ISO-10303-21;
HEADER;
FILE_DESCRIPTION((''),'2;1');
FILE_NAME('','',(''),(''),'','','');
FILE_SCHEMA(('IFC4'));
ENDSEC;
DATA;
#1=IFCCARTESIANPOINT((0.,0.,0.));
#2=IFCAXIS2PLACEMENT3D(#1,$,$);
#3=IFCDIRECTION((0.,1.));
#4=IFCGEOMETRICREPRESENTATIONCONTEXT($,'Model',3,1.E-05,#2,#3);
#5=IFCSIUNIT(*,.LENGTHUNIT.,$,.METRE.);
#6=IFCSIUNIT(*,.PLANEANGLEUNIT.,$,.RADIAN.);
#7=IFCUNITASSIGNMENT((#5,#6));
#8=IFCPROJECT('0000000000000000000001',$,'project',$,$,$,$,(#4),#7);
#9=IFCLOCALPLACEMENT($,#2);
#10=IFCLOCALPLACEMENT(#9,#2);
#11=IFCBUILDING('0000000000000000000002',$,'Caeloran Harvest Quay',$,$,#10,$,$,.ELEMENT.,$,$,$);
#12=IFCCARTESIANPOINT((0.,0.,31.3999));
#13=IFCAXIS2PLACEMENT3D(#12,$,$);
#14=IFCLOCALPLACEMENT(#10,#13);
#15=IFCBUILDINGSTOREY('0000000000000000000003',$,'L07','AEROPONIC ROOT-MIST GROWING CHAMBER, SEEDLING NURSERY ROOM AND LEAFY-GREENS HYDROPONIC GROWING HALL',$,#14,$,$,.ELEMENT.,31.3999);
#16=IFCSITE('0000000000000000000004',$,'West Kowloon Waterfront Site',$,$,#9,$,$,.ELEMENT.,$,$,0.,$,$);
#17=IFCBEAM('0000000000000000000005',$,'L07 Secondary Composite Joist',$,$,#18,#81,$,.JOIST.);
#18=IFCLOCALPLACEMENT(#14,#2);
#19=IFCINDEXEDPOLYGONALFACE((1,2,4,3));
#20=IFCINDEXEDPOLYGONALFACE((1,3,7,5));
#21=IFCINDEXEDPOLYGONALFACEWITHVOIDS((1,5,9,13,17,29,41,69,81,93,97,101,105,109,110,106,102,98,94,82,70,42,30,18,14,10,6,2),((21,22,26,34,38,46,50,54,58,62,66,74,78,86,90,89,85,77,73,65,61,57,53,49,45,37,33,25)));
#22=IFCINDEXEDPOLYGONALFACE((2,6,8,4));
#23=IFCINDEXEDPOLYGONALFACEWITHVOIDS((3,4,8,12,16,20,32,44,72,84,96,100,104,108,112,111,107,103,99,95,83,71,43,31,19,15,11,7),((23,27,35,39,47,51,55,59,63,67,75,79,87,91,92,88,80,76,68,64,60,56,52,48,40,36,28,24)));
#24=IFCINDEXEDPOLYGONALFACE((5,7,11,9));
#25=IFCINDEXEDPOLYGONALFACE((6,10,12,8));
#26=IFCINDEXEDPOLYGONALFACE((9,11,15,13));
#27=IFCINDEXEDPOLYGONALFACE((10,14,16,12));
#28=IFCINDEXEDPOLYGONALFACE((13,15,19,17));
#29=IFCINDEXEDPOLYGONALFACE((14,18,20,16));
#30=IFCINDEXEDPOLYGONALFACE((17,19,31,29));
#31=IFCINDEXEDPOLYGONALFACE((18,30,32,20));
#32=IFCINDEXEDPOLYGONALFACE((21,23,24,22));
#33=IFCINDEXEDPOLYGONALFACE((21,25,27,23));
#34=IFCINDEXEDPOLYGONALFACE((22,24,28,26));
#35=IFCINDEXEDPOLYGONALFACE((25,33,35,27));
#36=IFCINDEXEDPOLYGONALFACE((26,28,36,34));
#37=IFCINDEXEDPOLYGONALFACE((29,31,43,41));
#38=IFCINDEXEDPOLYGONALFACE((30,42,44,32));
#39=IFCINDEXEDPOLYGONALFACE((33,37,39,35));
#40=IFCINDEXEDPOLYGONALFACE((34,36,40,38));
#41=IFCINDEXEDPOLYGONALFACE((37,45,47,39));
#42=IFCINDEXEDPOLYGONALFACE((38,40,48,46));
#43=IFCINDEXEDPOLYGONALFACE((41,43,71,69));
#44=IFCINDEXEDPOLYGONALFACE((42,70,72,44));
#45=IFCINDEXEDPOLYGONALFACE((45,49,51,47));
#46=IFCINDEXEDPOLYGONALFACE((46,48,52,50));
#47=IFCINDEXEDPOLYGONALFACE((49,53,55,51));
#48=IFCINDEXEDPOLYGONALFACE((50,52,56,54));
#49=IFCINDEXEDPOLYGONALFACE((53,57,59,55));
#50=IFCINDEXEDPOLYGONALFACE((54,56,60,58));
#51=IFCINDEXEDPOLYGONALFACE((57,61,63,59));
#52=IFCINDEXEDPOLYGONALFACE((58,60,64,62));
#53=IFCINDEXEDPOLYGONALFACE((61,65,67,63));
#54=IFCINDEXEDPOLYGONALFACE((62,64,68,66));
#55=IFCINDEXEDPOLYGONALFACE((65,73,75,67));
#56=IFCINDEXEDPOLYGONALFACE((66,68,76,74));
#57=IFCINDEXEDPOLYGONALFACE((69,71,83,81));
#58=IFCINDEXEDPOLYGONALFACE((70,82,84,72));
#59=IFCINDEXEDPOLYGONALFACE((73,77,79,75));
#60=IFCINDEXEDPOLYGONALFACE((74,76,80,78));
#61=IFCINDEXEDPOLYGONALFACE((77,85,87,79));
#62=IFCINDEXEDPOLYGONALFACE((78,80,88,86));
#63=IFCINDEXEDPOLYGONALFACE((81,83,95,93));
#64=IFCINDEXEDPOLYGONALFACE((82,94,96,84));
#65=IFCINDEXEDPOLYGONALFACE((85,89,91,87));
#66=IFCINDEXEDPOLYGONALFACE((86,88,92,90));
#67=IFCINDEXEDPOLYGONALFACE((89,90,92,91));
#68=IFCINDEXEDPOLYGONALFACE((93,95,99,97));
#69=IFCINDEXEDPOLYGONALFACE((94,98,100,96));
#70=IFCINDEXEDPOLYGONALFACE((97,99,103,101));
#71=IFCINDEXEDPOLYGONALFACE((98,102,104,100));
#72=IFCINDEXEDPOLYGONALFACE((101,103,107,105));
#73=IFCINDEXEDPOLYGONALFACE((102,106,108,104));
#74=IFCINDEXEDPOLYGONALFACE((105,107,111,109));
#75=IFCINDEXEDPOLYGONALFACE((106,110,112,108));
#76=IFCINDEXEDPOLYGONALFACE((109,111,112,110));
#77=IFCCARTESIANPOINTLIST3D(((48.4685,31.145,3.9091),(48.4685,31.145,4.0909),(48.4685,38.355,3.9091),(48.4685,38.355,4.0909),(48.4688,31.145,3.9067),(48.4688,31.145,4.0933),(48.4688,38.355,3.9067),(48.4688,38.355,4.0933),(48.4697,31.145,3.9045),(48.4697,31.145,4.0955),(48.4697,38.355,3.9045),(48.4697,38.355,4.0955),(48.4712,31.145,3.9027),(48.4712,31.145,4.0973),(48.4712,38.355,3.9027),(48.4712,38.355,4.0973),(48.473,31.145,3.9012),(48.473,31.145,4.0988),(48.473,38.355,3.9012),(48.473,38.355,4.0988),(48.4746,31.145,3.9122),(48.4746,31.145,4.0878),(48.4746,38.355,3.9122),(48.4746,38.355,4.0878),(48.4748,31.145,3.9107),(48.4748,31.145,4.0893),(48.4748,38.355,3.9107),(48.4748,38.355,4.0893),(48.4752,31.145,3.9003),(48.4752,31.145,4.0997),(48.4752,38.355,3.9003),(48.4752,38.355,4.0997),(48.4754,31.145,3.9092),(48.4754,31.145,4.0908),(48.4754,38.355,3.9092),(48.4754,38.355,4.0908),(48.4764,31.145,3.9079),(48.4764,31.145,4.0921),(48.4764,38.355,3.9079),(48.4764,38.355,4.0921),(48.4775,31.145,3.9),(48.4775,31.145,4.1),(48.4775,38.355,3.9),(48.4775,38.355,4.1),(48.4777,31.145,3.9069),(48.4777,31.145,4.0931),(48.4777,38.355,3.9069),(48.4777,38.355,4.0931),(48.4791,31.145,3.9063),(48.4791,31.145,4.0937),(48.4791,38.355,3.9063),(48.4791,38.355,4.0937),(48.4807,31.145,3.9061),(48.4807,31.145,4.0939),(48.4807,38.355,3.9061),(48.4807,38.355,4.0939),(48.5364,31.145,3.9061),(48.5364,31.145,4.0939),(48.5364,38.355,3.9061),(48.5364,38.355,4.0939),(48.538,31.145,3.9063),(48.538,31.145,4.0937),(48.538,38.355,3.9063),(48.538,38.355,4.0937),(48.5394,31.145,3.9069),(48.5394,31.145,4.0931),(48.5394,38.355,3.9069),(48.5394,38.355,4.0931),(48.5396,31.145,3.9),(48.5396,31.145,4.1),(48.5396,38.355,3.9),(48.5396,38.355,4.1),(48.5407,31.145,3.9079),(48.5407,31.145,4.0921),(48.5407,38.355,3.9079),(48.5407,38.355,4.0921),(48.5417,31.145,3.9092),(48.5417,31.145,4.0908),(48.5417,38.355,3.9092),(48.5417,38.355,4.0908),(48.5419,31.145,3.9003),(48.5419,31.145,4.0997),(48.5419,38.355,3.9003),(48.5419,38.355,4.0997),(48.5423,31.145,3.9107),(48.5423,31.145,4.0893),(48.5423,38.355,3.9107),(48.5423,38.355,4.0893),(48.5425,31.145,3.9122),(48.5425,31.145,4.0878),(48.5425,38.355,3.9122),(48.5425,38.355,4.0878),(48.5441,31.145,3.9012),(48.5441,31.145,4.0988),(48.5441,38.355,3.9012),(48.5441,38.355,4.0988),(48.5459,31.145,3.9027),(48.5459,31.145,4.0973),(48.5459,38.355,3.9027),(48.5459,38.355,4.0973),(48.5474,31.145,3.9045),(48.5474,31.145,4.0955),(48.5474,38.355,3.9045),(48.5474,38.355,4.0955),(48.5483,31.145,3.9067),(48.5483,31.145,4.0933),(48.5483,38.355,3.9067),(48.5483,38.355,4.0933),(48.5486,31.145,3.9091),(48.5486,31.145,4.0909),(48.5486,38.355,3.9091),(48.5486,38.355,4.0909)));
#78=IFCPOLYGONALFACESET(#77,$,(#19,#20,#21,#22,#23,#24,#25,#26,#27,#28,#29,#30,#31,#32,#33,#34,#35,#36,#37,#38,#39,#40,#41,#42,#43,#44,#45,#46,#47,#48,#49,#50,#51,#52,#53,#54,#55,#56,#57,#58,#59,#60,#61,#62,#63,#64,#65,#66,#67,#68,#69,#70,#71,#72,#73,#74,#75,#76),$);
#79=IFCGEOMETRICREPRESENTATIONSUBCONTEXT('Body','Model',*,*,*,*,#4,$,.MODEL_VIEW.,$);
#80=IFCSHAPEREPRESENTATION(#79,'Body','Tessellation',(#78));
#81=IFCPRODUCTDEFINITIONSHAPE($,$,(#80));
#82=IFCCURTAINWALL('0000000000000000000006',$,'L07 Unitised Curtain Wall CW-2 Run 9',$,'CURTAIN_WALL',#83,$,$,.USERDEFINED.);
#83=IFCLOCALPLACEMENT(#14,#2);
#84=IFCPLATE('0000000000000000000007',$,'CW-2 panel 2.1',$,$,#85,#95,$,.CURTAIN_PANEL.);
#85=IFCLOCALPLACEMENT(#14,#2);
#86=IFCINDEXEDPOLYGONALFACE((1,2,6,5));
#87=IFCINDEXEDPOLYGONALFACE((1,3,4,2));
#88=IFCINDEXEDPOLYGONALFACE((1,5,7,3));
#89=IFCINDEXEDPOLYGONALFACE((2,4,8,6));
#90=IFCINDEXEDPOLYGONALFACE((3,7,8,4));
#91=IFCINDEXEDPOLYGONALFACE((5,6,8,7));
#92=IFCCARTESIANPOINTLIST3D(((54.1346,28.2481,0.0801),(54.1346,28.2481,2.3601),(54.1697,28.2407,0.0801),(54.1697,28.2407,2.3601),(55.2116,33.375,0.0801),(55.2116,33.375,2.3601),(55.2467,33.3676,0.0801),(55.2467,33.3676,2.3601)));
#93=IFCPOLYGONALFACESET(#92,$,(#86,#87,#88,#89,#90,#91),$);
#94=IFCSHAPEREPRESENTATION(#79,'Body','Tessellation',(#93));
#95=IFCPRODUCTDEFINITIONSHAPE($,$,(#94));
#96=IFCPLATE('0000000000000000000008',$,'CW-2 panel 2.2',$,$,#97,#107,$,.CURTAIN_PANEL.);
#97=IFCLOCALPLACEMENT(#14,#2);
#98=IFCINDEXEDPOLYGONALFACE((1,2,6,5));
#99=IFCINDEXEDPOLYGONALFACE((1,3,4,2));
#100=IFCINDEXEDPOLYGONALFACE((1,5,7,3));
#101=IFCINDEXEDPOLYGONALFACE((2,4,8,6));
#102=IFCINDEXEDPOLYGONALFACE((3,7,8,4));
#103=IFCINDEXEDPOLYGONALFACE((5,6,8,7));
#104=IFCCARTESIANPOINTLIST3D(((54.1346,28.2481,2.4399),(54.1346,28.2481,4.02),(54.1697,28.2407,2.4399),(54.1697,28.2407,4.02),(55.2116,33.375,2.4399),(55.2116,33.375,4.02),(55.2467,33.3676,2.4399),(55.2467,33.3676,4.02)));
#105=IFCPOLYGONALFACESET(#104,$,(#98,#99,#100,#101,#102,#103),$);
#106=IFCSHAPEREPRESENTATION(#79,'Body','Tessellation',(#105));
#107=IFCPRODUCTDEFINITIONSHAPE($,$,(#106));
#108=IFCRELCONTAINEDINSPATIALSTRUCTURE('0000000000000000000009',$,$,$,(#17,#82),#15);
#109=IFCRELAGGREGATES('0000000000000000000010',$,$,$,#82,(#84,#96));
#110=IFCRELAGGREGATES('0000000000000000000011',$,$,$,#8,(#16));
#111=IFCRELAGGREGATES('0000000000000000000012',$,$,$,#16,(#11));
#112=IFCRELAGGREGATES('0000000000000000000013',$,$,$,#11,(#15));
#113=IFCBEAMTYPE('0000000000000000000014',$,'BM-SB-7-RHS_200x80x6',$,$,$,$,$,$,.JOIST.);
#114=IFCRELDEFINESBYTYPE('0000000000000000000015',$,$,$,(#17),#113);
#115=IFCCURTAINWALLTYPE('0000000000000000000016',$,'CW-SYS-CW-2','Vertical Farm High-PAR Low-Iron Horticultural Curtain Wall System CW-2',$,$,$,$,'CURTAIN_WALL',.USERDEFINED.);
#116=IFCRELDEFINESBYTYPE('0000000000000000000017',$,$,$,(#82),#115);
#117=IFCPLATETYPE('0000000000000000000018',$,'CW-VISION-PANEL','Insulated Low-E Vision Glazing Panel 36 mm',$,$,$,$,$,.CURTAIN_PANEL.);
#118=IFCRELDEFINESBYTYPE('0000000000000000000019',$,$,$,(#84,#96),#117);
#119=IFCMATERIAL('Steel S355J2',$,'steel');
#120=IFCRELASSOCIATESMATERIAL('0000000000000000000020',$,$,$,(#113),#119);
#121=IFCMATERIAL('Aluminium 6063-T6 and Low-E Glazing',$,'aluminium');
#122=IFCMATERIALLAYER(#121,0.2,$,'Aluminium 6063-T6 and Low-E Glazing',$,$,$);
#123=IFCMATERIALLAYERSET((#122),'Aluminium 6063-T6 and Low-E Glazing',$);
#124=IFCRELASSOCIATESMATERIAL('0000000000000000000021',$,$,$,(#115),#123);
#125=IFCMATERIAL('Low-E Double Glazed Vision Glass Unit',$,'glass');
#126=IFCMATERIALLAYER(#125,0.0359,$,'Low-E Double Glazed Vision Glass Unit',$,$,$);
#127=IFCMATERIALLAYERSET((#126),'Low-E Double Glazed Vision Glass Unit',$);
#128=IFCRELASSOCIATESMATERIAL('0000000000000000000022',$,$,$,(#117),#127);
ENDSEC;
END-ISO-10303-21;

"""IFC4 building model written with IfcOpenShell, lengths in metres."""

from ifc_helpers import new_model, si_unit, direction, frame, origin, origin_2d, place, context, subcontext, project, spatial, rectangle, hollow_rectangle, extrude, material, layer, layer_set, material_profile, profile_set, type_object, element, aggregate, save


model = new_model("IFC4")

# Units and contexts
model_context = context("Model", 3, precision=1e-05, world=origin(), true_north=direction((0.0, 1.0)))
body_context = subcontext(model_context, "Body", "Model", "MODEL_VIEW")
ifc_project = project(units=[si_unit("LENGTHUNIT", "METRE"), si_unit("PLANEANGLEUNIT", "RADIAN")], contexts=[model_context])

# Site, building, storey
site_placement = place(None, origin())
site = spatial("IfcSite", under=ifc_project, at=site_placement, Name="West Kowloon Waterfront Site", CompositionType="ELEMENT", RefElevation=0.0)
building_placement = place(site_placement, origin())
building = spatial("IfcBuilding", under=site, at=building_placement, Name="Caeloran Harvest Quay", CompositionType="ELEMENT")
storey_placement = place(building_placement, frame((0.0, 0.0, 31.3999)))
storey = spatial("IfcBuildingStorey", under=building, at=storey_placement, Name="L07", Description="AEROPONIC ROOT-MIST GROWING CHAMBER, SEEDLING NURSERY ROOM AND LEAFY-GREENS HYDROPONIC GROWING HALL", CompositionType="ELEMENT", Elevation=31.3999)

# Beam
ifc_material_1 = material(Name="Steel S355J2", Category="steel")
ifc_material_profile_1 = material_profile(ifc_material_1, hollow_rectangle(XDim=0.0801, YDim=0.2, WallThickness=0.0061, InnerFilletRadius=0.0061, OuterFilletRadius=0.009, at=origin_2d()), Name="RHS 200x80x6")
ifc_profile_set_1 = profile_set([ifc_material_profile_1], Name="Steel S355J2")
beam_type_1 = type_object("IfcBeamType", Name="BM-SB-7-RHS_200x80x6", PredefinedType="JOIST", material=ifc_profile_set_1)
for number, where, z_axis, x_axis, name in (
    (1, (48.5085, 31.145, 4.0), (0.0, 1.0, 0.0), (-1.0, 0.0, 0.0), "L07 Secondary Composite Joist"),
):
    element("IfcBeam", number, at=place(storey_placement, frame(where, z_axis=z_axis, x_axis=x_axis)), inside=storey, type_object=beam_type_1, Name=name, PredefinedType="JOIST", context=body_context, shape_type="SweptSolid", body=[
        extrude(hollow_rectangle(XDim=0.0801, YDim=0.2, WallThickness=0.0061, InnerFilletRadius=0.0061, OuterFilletRadius=0.009, at=origin_2d()), origin(), (0.0, 0.0, 1.0), 7.21),
    ])

# Curtain wall, plates
ifc_material_2 = material(Name="Aluminium 6063-T6 and Low-E Glazing", Category="aluminium")
ifc_layer_1 = layer(ifc_material_2, 0.2, Name="Aluminium 6063-T6 and Low-E Glazing")
ifc_layer_set_1 = layer_set([ifc_layer_1], Name="Aluminium 6063-T6 and Low-E Glazing")
curtain_wall_type = type_object("IfcCurtainWallType", Name="CW-SYS-CW-2", Description="Vertical Farm High-PAR Low-Iron Horticultural Curtain Wall System CW-2", ElementType="CURTAIN_WALL", PredefinedType="USERDEFINED", material=ifc_layer_set_1)
curtain_wall_placement = place(storey_placement, origin())
curtain_wall = element("IfcCurtainWall", 2, at=curtain_wall_placement, inside=storey, type_object=curtain_wall_type, Name="L07 Unitised Curtain Wall CW-2 Run 9", ObjectType="CURTAIN_WALL", PredefinedType="USERDEFINED")
ifc_material_3 = material(Name="Low-E Double Glazed Vision Glass Unit", Category="glass")
ifc_layer_2 = layer(ifc_material_3, 0.0359, Name="Low-E Double Glazed Vision Glass Unit")
ifc_layer_set_2 = layer_set([ifc_layer_2], Name="Low-E Double Glazed Vision Glass Unit")
plate_type = type_object("IfcPlateType", Name="CW-VISION-PANEL", Description="Insulated Low-E Vision Glazing Panel 36 mm", PredefinedType="CURTAIN_PANEL", material=ifc_layer_set_2)
plate_1_placement = place(storey_placement, frame((54.6907, 30.8079, 0.0801), z_axis=(0.0, 0.0, 1.0), x_axis=(-0.205583, -0.97864, 0.0)))
plate_1 = element("IfcPlate", 3, at=plate_1_placement, type_object=plate_type, Name="CW-2 panel 2.1", PredefinedType="CURTAIN_PANEL", context=body_context, shape_type="SweptSolid", body=[
    extrude(rectangle(XDim=5.2388, YDim=0.0359, at=origin_2d()), origin(), (0.0, 0.0, 1.0), 2.28),
])
plate_2_placement = place(storey_placement, frame((54.6907, 30.8079, 2.4399), z_axis=(0.0, 0.0, 1.0), x_axis=(-0.205583, -0.97864, 0.0)))
plate_2 = element("IfcPlate", 4, at=plate_2_placement, type_object=plate_type, Name="CW-2 panel 2.2", PredefinedType="CURTAIN_PANEL", context=body_context, shape_type="SweptSolid", body=[
    extrude(rectangle(XDim=5.2388, YDim=0.0359, at=origin_2d()), origin(), (0.0, 0.0, 1.0), 1.5801),
])
aggregate(curtain_wall, [plate_1, plate_2])

save(model, "model.ifc")
